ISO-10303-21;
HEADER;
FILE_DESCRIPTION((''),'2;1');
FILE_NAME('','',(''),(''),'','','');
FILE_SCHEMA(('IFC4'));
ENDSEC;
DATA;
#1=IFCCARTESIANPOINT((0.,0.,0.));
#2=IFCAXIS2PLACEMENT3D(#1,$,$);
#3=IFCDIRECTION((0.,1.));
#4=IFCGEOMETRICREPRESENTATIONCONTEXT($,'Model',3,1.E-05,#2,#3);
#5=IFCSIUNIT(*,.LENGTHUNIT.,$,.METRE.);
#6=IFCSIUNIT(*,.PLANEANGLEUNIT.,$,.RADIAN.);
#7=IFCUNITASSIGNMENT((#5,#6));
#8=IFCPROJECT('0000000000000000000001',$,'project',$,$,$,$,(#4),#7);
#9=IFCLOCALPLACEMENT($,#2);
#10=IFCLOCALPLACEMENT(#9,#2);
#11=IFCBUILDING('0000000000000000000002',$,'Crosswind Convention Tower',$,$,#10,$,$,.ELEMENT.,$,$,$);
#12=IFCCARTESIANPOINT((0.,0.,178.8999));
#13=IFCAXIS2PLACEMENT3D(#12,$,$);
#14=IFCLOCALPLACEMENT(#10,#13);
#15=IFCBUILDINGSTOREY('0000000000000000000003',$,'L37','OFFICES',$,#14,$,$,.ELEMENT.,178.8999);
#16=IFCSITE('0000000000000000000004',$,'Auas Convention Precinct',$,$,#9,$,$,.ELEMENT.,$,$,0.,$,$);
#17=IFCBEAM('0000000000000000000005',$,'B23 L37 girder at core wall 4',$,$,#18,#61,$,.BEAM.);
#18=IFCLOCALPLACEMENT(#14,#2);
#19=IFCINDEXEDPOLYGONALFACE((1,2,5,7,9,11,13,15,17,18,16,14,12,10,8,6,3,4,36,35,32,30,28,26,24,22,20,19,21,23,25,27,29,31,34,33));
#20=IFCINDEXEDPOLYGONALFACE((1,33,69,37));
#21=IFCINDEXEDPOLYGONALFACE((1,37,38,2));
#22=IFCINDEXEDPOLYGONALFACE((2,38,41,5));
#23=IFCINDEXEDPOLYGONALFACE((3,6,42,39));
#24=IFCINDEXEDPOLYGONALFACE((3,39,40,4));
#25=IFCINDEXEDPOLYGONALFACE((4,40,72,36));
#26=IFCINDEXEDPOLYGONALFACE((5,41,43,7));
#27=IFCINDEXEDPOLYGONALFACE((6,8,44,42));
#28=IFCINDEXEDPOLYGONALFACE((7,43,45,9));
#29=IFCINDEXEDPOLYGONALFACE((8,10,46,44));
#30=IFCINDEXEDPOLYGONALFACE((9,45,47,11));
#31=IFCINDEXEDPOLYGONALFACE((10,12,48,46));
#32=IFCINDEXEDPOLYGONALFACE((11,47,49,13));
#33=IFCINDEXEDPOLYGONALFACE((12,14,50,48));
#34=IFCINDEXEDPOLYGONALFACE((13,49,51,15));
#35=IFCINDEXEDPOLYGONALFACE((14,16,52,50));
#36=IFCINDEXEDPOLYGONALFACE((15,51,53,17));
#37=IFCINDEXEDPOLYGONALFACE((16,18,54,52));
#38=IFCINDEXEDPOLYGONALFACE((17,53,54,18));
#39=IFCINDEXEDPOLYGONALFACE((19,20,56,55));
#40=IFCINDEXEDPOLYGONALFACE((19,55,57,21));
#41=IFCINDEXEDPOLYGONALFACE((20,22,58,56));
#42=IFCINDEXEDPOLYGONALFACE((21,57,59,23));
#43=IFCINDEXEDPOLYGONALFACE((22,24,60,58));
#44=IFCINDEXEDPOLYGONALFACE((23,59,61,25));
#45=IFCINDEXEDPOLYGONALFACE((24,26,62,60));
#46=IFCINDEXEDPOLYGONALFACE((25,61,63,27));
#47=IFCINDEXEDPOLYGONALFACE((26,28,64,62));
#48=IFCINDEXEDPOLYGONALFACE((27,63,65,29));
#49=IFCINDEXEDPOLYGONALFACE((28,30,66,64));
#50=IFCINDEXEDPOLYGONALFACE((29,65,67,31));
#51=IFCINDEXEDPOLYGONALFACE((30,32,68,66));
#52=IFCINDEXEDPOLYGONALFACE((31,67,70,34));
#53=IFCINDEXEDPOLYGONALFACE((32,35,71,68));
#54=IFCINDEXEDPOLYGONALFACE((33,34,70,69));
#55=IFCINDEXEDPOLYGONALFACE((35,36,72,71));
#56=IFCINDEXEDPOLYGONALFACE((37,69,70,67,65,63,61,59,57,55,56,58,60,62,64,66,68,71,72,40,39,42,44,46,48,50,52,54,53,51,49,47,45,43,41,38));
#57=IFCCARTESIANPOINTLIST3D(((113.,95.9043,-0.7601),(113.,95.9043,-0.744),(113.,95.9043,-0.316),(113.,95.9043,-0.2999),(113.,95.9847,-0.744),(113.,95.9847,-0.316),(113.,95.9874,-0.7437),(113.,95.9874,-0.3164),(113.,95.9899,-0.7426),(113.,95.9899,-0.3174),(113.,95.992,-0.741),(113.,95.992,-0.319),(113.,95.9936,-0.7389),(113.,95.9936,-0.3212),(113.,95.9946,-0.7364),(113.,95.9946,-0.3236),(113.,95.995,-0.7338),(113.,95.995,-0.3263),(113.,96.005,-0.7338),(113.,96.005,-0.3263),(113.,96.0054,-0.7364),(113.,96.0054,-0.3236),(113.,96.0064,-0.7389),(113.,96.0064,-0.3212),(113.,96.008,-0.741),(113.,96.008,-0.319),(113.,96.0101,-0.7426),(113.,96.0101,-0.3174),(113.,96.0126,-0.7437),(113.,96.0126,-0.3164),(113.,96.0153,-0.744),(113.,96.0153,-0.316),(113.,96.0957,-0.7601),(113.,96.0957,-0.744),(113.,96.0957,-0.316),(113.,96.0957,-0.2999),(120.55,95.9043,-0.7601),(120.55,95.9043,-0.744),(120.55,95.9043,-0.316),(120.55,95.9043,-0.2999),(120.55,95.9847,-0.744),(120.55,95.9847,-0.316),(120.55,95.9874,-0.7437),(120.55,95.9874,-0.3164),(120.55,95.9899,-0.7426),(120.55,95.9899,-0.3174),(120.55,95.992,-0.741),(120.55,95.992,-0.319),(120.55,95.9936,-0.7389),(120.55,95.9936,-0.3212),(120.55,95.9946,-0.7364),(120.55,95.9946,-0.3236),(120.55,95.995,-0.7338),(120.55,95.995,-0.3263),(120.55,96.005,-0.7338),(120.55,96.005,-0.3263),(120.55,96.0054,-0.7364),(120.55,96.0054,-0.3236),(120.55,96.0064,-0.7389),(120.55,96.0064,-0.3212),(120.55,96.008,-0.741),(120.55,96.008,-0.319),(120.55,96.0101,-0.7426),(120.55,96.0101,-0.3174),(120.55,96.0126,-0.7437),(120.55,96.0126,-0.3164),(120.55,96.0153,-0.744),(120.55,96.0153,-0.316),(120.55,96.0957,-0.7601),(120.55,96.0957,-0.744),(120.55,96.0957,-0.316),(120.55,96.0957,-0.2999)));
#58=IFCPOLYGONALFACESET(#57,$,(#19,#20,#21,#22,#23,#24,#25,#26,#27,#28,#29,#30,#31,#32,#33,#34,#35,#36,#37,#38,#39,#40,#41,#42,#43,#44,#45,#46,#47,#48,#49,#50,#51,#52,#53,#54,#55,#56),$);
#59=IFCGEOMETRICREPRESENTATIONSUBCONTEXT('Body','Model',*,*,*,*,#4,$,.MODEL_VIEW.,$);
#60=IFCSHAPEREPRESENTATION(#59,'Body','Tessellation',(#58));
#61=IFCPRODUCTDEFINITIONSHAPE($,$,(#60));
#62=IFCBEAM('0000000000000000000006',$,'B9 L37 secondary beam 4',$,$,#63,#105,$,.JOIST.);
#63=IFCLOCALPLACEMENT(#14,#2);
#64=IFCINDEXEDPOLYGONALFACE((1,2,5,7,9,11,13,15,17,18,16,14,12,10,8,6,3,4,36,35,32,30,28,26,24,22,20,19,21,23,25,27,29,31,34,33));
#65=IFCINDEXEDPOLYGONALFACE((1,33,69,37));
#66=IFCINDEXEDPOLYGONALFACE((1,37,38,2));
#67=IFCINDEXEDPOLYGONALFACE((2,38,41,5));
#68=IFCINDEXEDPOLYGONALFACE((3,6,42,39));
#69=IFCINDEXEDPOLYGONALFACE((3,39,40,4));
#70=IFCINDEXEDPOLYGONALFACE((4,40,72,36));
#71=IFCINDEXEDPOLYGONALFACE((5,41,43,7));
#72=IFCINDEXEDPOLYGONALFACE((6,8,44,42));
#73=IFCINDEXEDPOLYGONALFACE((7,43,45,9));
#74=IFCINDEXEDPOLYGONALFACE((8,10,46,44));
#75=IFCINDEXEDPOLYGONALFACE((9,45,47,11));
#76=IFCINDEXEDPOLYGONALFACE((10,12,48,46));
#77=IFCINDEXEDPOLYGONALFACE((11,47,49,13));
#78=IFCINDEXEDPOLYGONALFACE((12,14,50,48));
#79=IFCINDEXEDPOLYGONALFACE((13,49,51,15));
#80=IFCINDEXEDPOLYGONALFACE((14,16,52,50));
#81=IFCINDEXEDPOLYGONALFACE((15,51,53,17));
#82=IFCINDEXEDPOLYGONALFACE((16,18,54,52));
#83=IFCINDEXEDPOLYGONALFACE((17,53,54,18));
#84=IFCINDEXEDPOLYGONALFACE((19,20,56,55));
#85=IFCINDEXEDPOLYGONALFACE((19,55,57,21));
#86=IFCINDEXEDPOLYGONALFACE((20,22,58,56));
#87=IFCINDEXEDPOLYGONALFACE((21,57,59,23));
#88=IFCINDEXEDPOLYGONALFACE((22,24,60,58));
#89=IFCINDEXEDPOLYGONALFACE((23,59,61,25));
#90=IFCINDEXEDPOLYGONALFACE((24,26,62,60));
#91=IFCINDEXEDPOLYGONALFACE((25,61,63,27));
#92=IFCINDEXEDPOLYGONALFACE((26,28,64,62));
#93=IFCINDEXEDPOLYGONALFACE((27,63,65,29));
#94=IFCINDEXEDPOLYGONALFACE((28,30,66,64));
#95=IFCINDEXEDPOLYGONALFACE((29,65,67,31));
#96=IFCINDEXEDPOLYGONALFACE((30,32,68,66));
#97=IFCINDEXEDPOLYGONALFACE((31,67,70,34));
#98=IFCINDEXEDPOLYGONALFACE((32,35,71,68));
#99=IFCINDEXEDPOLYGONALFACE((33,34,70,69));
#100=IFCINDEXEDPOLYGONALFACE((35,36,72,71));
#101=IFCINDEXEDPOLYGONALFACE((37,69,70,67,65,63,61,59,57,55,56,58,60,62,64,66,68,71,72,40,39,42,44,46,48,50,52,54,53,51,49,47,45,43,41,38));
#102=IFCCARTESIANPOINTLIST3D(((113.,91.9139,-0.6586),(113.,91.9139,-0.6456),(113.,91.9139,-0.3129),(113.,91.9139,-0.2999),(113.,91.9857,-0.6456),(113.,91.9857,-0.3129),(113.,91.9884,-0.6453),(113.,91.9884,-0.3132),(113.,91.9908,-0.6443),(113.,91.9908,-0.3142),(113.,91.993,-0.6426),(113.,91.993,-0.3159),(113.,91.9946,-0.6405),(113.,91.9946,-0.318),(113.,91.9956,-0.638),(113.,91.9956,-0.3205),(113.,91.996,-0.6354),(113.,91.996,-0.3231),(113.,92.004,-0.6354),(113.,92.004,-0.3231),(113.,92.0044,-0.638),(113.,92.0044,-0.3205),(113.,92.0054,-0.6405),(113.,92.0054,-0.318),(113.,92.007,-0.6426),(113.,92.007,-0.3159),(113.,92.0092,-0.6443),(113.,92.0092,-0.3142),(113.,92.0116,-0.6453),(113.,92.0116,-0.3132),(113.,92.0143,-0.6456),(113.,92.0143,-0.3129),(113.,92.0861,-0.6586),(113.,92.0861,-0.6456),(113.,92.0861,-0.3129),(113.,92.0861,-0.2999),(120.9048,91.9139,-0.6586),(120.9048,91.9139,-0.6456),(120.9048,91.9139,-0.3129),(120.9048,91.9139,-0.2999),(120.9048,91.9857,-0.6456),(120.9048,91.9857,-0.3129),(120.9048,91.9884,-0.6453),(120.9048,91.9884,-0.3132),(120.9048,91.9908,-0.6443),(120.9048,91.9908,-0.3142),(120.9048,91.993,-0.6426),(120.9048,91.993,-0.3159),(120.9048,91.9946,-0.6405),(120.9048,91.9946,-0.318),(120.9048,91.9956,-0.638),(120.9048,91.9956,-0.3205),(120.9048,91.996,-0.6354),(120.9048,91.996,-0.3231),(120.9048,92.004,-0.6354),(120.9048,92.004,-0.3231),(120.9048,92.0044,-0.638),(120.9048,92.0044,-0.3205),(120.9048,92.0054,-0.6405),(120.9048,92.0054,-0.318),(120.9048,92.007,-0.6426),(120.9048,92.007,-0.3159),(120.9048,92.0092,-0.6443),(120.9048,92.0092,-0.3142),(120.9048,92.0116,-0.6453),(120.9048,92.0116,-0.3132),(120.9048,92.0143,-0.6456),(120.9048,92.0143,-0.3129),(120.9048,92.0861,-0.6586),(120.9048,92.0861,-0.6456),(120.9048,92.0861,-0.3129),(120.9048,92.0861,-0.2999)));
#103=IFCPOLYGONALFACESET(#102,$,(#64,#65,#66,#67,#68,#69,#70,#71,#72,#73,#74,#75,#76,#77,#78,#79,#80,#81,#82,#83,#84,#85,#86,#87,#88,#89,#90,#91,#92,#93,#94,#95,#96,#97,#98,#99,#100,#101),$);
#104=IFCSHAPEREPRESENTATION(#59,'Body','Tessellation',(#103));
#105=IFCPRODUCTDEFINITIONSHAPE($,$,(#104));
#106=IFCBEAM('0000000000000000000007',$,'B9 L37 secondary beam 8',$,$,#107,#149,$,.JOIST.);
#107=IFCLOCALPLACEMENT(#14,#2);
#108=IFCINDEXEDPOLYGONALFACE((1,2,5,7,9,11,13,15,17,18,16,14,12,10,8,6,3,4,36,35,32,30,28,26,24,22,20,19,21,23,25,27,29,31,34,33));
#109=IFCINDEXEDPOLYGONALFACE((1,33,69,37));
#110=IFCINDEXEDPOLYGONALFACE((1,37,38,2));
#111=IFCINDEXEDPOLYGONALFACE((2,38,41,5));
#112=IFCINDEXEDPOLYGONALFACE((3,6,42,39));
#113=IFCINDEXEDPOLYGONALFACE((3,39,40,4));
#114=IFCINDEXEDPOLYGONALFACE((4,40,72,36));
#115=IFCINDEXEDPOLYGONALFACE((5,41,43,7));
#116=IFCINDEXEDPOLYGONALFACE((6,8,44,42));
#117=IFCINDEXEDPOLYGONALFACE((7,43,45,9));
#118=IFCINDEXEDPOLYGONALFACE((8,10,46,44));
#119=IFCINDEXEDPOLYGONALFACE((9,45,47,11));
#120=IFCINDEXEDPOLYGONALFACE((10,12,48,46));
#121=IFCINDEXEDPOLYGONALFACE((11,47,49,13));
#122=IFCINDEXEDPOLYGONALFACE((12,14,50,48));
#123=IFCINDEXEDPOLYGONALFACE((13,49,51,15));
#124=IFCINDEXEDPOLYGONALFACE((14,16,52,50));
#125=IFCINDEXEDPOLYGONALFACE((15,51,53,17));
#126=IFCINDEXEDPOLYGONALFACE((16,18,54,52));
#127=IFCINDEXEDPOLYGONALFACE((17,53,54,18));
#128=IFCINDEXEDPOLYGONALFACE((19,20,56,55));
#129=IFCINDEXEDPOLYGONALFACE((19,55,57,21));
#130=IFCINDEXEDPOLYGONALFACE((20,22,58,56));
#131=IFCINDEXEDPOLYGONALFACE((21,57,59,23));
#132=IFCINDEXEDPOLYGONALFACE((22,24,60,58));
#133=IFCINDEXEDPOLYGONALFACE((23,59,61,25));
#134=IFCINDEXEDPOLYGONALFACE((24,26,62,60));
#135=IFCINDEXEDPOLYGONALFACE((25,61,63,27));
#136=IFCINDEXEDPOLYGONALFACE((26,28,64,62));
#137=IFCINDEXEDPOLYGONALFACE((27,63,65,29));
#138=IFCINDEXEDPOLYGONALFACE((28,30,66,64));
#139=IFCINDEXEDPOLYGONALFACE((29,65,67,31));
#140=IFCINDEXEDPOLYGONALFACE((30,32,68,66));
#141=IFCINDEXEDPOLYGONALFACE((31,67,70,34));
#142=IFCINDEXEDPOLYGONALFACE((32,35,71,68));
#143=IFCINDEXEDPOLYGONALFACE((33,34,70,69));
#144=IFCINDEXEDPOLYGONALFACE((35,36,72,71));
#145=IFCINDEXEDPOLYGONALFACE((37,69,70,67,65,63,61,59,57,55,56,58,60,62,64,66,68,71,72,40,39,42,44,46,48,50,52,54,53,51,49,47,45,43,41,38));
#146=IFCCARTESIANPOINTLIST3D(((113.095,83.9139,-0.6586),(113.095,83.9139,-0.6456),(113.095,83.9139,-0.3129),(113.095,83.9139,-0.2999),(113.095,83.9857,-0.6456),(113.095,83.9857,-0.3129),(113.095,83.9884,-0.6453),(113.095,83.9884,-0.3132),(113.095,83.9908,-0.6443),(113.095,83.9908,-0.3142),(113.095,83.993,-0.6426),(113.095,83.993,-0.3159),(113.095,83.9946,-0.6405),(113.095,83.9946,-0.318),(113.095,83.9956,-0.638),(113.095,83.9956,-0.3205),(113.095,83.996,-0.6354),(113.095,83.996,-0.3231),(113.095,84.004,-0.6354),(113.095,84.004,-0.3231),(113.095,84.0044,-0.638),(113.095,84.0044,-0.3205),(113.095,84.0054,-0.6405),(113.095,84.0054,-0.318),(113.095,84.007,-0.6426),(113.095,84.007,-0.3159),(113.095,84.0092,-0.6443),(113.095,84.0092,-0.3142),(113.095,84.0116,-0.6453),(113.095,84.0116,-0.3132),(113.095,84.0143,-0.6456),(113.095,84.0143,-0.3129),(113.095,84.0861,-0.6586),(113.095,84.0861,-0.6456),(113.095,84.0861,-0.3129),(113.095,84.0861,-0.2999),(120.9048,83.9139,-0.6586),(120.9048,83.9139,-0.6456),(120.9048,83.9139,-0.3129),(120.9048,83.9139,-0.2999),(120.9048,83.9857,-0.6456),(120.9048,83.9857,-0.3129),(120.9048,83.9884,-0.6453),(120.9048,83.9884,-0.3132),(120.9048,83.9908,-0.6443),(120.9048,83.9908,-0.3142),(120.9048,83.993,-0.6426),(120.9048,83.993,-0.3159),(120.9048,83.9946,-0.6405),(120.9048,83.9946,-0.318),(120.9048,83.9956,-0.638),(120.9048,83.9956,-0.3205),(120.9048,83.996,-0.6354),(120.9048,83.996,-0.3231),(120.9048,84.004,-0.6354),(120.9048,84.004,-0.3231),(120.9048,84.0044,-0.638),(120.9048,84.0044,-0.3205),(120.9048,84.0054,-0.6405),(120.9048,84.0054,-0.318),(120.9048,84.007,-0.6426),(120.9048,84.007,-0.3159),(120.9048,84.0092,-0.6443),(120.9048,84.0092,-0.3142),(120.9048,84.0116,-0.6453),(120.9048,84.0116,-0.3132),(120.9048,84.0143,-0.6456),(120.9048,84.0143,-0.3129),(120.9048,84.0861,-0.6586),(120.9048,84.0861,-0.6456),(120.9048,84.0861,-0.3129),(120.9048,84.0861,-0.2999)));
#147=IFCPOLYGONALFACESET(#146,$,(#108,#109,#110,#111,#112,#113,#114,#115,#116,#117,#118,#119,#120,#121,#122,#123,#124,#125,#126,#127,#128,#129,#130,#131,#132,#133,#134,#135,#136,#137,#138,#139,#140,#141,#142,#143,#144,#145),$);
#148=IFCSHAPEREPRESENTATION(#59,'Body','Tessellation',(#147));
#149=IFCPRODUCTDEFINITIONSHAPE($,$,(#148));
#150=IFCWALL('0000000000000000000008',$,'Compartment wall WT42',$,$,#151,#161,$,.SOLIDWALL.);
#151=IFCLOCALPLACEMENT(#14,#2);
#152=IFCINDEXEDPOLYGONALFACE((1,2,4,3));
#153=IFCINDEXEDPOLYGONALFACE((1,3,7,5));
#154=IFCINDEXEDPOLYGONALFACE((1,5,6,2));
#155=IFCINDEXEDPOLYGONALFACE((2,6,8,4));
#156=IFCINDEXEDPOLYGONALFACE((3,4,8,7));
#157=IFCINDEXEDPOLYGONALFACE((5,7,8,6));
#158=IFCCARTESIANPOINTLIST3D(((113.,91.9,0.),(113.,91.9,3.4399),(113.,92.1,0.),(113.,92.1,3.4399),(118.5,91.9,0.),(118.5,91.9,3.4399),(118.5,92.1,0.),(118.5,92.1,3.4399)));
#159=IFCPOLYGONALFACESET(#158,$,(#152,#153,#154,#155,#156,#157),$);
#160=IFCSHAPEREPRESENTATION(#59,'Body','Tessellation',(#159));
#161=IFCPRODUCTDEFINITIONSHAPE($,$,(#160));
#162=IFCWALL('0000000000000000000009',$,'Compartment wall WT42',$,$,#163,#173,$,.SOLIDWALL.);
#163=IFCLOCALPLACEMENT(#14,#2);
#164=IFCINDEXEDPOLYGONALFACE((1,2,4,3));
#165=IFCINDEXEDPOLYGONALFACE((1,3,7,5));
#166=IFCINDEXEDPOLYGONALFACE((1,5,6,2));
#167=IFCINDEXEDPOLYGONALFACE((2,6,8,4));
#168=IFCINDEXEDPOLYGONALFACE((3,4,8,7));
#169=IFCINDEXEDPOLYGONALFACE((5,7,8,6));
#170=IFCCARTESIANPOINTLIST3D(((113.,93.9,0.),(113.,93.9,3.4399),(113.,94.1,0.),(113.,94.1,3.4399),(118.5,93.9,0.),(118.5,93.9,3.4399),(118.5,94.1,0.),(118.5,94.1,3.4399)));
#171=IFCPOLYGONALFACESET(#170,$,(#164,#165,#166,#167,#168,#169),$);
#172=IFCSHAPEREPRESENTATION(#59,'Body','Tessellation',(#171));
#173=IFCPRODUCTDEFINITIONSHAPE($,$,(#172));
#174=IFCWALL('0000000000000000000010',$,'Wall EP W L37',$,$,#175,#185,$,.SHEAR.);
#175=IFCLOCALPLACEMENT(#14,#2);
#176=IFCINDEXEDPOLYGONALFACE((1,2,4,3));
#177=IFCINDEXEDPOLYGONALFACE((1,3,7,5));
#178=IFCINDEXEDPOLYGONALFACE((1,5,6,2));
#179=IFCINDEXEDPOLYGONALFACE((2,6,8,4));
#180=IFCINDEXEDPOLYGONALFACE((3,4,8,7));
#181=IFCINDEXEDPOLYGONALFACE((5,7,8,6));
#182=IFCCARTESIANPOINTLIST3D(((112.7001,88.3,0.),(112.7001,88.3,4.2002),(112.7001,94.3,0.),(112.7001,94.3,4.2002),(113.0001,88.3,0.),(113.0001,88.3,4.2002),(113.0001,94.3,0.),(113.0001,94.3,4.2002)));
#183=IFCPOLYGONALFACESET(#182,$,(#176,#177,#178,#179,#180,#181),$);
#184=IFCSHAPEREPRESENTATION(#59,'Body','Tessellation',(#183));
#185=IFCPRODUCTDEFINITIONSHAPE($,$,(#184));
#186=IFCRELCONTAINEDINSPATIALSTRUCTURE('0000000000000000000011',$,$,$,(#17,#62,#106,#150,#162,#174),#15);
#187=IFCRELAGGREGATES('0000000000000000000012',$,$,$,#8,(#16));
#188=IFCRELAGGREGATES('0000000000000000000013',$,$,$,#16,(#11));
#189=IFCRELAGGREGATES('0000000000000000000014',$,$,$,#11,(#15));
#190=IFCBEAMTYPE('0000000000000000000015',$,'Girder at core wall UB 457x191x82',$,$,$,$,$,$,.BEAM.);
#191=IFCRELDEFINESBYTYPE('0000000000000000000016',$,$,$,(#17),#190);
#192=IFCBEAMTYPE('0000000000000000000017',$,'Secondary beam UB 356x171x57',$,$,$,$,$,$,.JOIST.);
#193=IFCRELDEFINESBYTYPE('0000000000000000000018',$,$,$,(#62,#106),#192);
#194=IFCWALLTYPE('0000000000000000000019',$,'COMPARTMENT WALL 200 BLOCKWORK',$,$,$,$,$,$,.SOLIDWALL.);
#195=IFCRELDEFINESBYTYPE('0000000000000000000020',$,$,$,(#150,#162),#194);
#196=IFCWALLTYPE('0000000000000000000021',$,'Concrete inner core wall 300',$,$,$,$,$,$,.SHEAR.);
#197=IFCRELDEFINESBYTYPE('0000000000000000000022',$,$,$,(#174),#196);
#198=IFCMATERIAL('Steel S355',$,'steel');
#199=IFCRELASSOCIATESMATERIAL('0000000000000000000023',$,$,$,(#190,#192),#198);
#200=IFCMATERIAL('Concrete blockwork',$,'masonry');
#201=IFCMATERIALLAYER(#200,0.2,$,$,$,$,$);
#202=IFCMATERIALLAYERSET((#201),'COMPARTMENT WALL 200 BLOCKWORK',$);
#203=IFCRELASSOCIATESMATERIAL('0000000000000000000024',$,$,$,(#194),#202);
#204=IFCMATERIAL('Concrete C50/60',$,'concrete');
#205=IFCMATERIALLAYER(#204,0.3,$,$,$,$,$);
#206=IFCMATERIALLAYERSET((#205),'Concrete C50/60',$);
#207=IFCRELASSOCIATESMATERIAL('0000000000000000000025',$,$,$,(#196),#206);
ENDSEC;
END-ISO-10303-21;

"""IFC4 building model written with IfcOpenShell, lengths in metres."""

from ifc_helpers import new_model, si_unit, direction, frame, frame_2d, origin, origin_2d, place, context, subcontext, project, spatial, rectangle, i_section, extrude, material, layer, layer_set, material_profile, profile_set, type_object, element, save


model = new_model("IFC4")

# Units and contexts
model_context = context("Model", 3, precision=1e-05, world=origin(), true_north=direction((0.0, 1.0)))
body_context = subcontext(model_context, "Body", "Model", "MODEL_VIEW")
ifc_project = project(units=[si_unit("LENGTHUNIT", "METRE"), si_unit("PLANEANGLEUNIT", "RADIAN")], contexts=[model_context])

# Site, building, storey
site_placement = place(None, origin())
site = spatial("IfcSite", under=ifc_project, at=site_placement, Name="Auas Convention Precinct", CompositionType="ELEMENT", RefElevation=0.0)
building_placement = place(site_placement, origin())
building = spatial("IfcBuilding", under=site, at=building_placement, Name="Crosswind Convention Tower", CompositionType="ELEMENT")
storey_placement = place(building_placement, frame((0.0, 0.0, 178.8999)))
storey = spatial("IfcBuildingStorey", under=building, at=storey_placement, Name="L37", Description="OFFICES", CompositionType="ELEMENT", Elevation=178.8999)

# Beams
ifc_material_1 = material(Name="Steel S355", Category="steel")
ifc_material_profile_1 = material_profile(ifc_material_1, i_section(OverallWidth=0.1914, OverallDepth=0.4602, WebThickness=0.01, FlangeThickness=0.0161, FilletRadius=0.0103, at=origin_2d()), Name="UB 457x191x82")
ifc_profile_set_1 = profile_set([ifc_material_profile_1], Name="Steel S355")
beam_type_1 = type_object("IfcBeamType", Name="Girder at core wall UB 457x191x82", PredefinedType="BEAM", material=ifc_profile_set_1)
for number, where, z_axis, x_axis, name in (
    (1, (113.0, 96.0, -0.53), (1.0, 0.0, 0.0), (0.0, 1.0, 0.0), "B23 L37 girder at core wall 4"),
):
    element("IfcBeam", number, at=place(storey_placement, frame(where, z_axis=z_axis, x_axis=x_axis)), inside=storey, type_object=beam_type_1, Name=name, PredefinedType="BEAM", context=body_context, shape_type="SweptSolid", body=[
        extrude(i_section(OverallWidth=0.1914, OverallDepth=0.4602, WebThickness=0.01, FlangeThickness=0.0161, FilletRadius=0.0103, at=origin_2d()), origin(), (0.0, 0.0, 1.0), 7.55),
    ])
ifc_material_profile_2 = material_profile(ifc_material_1, i_section(OverallWidth=0.1721, OverallDepth=0.3586, WebThickness=0.0081, FlangeThickness=0.0129, FilletRadius=0.0103, at=origin_2d()), Name="UB 356x171x57")
ifc_profile_set_2 = profile_set([ifc_material_profile_2], Name="Steel S355")
beam_type_2 = type_object("IfcBeamType", Name="Secondary beam UB 356x171x57", PredefinedType="JOIST", material=ifc_profile_set_2)
beam_1_placement = place(storey_placement, frame((113.0, 92.0, -0.4792), z_axis=(1.0, 0.0, 0.0), x_axis=(0.0, 1.0, 0.0)))
element("IfcBeam", 2, at=beam_1_placement, inside=storey, type_object=beam_type_2, Name="B9 L37 secondary beam 4", PredefinedType="JOIST", context=body_context, shape_type="SweptSolid", body=[
    extrude(i_section(OverallWidth=0.1721, OverallDepth=0.3586, WebThickness=0.0081, FlangeThickness=0.0129, FilletRadius=0.0103, at=origin_2d()), origin(), (0.0, 0.0, 1.0), 7.9048),
])
beam_2_placement = place(storey_placement, frame((113.095, 84.0, -0.4792), z_axis=(1.0, 0.0, 0.0), x_axis=(0.0, 1.0, 0.0)))
element("IfcBeam", 3, at=beam_2_placement, inside=storey, type_object=beam_type_2, Name="B9 L37 secondary beam 8", PredefinedType="JOIST", context=body_context, shape_type="SweptSolid", body=[
    extrude(i_section(OverallWidth=0.1721, OverallDepth=0.3586, WebThickness=0.0081, FlangeThickness=0.0129, FilletRadius=0.0103, at=origin_2d()), origin(), (0.0, 0.0, 1.0), 7.8098),
])

# Walls
ifc_material_2 = material(Name="Concrete blockwork", Category="masonry")
ifc_layer_1 = layer(ifc_material_2, 0.2)
ifc_layer_set_1 = layer_set([ifc_layer_1], Name="COMPARTMENT WALL 200 BLOCKWORK")
wall_type_1 = type_object("IfcWallType", Name="COMPARTMENT WALL 200 BLOCKWORK", PredefinedType="SOLIDWALL", material=ifc_layer_set_1)
for number, where, z_axis, x_axis, name in (
    (4, (113.0, 92.0, 0.0), (0.0, 0.0, 1.0), (1.0, 0.0, 0.0), "Compartment wall WT42"),
    (5, (113.0, 94.0, 0.0), (0.0, 0.0, 1.0), (1.0, 0.0, 0.0), "Compartment wall WT42"),
):
    element("IfcWall", number, at=place(storey_placement, frame(where, z_axis=z_axis, x_axis=x_axis)), inside=storey, type_object=wall_type_1, Name=name, PredefinedType="SOLIDWALL", context=body_context, shape_type="SweptSolid", body=[
        extrude(rectangle(XDim=5.5, YDim=0.2, at=frame_2d((2.75, 0.0))), origin(), (0.0, 0.0, 1.0), 3.4399),
    ])
ifc_material_3 = material(Name="Concrete C50/60", Category="concrete")
ifc_layer_2 = layer(ifc_material_3, 0.3)
ifc_layer_set_2 = layer_set([ifc_layer_2], Name="Concrete C50/60")
wall_type_2 = type_object("IfcWallType", Name="Concrete inner core wall 300", PredefinedType="SHEAR", material=ifc_layer_set_2)
wall_1_placement = place(storey_placement, frame((112.8501, 94.3, 0.0), z_axis=(0.0, 0.0, 1.0), x_axis=(0.0, -1.0, 0.0)))
element("IfcWall", 6, at=wall_1_placement, inside=storey, type_object=wall_type_2, Name="Wall EP W L37", PredefinedType="SHEAR", context=body_context, shape_type="SweptSolid", body=[
    extrude(rectangle(XDim=6.0, YDim=0.3, at=frame_2d((3.0, 0.0))), origin(), (0.0, 0.0, 1.0), 4.2002),
])

save(model, "model.ifc")
